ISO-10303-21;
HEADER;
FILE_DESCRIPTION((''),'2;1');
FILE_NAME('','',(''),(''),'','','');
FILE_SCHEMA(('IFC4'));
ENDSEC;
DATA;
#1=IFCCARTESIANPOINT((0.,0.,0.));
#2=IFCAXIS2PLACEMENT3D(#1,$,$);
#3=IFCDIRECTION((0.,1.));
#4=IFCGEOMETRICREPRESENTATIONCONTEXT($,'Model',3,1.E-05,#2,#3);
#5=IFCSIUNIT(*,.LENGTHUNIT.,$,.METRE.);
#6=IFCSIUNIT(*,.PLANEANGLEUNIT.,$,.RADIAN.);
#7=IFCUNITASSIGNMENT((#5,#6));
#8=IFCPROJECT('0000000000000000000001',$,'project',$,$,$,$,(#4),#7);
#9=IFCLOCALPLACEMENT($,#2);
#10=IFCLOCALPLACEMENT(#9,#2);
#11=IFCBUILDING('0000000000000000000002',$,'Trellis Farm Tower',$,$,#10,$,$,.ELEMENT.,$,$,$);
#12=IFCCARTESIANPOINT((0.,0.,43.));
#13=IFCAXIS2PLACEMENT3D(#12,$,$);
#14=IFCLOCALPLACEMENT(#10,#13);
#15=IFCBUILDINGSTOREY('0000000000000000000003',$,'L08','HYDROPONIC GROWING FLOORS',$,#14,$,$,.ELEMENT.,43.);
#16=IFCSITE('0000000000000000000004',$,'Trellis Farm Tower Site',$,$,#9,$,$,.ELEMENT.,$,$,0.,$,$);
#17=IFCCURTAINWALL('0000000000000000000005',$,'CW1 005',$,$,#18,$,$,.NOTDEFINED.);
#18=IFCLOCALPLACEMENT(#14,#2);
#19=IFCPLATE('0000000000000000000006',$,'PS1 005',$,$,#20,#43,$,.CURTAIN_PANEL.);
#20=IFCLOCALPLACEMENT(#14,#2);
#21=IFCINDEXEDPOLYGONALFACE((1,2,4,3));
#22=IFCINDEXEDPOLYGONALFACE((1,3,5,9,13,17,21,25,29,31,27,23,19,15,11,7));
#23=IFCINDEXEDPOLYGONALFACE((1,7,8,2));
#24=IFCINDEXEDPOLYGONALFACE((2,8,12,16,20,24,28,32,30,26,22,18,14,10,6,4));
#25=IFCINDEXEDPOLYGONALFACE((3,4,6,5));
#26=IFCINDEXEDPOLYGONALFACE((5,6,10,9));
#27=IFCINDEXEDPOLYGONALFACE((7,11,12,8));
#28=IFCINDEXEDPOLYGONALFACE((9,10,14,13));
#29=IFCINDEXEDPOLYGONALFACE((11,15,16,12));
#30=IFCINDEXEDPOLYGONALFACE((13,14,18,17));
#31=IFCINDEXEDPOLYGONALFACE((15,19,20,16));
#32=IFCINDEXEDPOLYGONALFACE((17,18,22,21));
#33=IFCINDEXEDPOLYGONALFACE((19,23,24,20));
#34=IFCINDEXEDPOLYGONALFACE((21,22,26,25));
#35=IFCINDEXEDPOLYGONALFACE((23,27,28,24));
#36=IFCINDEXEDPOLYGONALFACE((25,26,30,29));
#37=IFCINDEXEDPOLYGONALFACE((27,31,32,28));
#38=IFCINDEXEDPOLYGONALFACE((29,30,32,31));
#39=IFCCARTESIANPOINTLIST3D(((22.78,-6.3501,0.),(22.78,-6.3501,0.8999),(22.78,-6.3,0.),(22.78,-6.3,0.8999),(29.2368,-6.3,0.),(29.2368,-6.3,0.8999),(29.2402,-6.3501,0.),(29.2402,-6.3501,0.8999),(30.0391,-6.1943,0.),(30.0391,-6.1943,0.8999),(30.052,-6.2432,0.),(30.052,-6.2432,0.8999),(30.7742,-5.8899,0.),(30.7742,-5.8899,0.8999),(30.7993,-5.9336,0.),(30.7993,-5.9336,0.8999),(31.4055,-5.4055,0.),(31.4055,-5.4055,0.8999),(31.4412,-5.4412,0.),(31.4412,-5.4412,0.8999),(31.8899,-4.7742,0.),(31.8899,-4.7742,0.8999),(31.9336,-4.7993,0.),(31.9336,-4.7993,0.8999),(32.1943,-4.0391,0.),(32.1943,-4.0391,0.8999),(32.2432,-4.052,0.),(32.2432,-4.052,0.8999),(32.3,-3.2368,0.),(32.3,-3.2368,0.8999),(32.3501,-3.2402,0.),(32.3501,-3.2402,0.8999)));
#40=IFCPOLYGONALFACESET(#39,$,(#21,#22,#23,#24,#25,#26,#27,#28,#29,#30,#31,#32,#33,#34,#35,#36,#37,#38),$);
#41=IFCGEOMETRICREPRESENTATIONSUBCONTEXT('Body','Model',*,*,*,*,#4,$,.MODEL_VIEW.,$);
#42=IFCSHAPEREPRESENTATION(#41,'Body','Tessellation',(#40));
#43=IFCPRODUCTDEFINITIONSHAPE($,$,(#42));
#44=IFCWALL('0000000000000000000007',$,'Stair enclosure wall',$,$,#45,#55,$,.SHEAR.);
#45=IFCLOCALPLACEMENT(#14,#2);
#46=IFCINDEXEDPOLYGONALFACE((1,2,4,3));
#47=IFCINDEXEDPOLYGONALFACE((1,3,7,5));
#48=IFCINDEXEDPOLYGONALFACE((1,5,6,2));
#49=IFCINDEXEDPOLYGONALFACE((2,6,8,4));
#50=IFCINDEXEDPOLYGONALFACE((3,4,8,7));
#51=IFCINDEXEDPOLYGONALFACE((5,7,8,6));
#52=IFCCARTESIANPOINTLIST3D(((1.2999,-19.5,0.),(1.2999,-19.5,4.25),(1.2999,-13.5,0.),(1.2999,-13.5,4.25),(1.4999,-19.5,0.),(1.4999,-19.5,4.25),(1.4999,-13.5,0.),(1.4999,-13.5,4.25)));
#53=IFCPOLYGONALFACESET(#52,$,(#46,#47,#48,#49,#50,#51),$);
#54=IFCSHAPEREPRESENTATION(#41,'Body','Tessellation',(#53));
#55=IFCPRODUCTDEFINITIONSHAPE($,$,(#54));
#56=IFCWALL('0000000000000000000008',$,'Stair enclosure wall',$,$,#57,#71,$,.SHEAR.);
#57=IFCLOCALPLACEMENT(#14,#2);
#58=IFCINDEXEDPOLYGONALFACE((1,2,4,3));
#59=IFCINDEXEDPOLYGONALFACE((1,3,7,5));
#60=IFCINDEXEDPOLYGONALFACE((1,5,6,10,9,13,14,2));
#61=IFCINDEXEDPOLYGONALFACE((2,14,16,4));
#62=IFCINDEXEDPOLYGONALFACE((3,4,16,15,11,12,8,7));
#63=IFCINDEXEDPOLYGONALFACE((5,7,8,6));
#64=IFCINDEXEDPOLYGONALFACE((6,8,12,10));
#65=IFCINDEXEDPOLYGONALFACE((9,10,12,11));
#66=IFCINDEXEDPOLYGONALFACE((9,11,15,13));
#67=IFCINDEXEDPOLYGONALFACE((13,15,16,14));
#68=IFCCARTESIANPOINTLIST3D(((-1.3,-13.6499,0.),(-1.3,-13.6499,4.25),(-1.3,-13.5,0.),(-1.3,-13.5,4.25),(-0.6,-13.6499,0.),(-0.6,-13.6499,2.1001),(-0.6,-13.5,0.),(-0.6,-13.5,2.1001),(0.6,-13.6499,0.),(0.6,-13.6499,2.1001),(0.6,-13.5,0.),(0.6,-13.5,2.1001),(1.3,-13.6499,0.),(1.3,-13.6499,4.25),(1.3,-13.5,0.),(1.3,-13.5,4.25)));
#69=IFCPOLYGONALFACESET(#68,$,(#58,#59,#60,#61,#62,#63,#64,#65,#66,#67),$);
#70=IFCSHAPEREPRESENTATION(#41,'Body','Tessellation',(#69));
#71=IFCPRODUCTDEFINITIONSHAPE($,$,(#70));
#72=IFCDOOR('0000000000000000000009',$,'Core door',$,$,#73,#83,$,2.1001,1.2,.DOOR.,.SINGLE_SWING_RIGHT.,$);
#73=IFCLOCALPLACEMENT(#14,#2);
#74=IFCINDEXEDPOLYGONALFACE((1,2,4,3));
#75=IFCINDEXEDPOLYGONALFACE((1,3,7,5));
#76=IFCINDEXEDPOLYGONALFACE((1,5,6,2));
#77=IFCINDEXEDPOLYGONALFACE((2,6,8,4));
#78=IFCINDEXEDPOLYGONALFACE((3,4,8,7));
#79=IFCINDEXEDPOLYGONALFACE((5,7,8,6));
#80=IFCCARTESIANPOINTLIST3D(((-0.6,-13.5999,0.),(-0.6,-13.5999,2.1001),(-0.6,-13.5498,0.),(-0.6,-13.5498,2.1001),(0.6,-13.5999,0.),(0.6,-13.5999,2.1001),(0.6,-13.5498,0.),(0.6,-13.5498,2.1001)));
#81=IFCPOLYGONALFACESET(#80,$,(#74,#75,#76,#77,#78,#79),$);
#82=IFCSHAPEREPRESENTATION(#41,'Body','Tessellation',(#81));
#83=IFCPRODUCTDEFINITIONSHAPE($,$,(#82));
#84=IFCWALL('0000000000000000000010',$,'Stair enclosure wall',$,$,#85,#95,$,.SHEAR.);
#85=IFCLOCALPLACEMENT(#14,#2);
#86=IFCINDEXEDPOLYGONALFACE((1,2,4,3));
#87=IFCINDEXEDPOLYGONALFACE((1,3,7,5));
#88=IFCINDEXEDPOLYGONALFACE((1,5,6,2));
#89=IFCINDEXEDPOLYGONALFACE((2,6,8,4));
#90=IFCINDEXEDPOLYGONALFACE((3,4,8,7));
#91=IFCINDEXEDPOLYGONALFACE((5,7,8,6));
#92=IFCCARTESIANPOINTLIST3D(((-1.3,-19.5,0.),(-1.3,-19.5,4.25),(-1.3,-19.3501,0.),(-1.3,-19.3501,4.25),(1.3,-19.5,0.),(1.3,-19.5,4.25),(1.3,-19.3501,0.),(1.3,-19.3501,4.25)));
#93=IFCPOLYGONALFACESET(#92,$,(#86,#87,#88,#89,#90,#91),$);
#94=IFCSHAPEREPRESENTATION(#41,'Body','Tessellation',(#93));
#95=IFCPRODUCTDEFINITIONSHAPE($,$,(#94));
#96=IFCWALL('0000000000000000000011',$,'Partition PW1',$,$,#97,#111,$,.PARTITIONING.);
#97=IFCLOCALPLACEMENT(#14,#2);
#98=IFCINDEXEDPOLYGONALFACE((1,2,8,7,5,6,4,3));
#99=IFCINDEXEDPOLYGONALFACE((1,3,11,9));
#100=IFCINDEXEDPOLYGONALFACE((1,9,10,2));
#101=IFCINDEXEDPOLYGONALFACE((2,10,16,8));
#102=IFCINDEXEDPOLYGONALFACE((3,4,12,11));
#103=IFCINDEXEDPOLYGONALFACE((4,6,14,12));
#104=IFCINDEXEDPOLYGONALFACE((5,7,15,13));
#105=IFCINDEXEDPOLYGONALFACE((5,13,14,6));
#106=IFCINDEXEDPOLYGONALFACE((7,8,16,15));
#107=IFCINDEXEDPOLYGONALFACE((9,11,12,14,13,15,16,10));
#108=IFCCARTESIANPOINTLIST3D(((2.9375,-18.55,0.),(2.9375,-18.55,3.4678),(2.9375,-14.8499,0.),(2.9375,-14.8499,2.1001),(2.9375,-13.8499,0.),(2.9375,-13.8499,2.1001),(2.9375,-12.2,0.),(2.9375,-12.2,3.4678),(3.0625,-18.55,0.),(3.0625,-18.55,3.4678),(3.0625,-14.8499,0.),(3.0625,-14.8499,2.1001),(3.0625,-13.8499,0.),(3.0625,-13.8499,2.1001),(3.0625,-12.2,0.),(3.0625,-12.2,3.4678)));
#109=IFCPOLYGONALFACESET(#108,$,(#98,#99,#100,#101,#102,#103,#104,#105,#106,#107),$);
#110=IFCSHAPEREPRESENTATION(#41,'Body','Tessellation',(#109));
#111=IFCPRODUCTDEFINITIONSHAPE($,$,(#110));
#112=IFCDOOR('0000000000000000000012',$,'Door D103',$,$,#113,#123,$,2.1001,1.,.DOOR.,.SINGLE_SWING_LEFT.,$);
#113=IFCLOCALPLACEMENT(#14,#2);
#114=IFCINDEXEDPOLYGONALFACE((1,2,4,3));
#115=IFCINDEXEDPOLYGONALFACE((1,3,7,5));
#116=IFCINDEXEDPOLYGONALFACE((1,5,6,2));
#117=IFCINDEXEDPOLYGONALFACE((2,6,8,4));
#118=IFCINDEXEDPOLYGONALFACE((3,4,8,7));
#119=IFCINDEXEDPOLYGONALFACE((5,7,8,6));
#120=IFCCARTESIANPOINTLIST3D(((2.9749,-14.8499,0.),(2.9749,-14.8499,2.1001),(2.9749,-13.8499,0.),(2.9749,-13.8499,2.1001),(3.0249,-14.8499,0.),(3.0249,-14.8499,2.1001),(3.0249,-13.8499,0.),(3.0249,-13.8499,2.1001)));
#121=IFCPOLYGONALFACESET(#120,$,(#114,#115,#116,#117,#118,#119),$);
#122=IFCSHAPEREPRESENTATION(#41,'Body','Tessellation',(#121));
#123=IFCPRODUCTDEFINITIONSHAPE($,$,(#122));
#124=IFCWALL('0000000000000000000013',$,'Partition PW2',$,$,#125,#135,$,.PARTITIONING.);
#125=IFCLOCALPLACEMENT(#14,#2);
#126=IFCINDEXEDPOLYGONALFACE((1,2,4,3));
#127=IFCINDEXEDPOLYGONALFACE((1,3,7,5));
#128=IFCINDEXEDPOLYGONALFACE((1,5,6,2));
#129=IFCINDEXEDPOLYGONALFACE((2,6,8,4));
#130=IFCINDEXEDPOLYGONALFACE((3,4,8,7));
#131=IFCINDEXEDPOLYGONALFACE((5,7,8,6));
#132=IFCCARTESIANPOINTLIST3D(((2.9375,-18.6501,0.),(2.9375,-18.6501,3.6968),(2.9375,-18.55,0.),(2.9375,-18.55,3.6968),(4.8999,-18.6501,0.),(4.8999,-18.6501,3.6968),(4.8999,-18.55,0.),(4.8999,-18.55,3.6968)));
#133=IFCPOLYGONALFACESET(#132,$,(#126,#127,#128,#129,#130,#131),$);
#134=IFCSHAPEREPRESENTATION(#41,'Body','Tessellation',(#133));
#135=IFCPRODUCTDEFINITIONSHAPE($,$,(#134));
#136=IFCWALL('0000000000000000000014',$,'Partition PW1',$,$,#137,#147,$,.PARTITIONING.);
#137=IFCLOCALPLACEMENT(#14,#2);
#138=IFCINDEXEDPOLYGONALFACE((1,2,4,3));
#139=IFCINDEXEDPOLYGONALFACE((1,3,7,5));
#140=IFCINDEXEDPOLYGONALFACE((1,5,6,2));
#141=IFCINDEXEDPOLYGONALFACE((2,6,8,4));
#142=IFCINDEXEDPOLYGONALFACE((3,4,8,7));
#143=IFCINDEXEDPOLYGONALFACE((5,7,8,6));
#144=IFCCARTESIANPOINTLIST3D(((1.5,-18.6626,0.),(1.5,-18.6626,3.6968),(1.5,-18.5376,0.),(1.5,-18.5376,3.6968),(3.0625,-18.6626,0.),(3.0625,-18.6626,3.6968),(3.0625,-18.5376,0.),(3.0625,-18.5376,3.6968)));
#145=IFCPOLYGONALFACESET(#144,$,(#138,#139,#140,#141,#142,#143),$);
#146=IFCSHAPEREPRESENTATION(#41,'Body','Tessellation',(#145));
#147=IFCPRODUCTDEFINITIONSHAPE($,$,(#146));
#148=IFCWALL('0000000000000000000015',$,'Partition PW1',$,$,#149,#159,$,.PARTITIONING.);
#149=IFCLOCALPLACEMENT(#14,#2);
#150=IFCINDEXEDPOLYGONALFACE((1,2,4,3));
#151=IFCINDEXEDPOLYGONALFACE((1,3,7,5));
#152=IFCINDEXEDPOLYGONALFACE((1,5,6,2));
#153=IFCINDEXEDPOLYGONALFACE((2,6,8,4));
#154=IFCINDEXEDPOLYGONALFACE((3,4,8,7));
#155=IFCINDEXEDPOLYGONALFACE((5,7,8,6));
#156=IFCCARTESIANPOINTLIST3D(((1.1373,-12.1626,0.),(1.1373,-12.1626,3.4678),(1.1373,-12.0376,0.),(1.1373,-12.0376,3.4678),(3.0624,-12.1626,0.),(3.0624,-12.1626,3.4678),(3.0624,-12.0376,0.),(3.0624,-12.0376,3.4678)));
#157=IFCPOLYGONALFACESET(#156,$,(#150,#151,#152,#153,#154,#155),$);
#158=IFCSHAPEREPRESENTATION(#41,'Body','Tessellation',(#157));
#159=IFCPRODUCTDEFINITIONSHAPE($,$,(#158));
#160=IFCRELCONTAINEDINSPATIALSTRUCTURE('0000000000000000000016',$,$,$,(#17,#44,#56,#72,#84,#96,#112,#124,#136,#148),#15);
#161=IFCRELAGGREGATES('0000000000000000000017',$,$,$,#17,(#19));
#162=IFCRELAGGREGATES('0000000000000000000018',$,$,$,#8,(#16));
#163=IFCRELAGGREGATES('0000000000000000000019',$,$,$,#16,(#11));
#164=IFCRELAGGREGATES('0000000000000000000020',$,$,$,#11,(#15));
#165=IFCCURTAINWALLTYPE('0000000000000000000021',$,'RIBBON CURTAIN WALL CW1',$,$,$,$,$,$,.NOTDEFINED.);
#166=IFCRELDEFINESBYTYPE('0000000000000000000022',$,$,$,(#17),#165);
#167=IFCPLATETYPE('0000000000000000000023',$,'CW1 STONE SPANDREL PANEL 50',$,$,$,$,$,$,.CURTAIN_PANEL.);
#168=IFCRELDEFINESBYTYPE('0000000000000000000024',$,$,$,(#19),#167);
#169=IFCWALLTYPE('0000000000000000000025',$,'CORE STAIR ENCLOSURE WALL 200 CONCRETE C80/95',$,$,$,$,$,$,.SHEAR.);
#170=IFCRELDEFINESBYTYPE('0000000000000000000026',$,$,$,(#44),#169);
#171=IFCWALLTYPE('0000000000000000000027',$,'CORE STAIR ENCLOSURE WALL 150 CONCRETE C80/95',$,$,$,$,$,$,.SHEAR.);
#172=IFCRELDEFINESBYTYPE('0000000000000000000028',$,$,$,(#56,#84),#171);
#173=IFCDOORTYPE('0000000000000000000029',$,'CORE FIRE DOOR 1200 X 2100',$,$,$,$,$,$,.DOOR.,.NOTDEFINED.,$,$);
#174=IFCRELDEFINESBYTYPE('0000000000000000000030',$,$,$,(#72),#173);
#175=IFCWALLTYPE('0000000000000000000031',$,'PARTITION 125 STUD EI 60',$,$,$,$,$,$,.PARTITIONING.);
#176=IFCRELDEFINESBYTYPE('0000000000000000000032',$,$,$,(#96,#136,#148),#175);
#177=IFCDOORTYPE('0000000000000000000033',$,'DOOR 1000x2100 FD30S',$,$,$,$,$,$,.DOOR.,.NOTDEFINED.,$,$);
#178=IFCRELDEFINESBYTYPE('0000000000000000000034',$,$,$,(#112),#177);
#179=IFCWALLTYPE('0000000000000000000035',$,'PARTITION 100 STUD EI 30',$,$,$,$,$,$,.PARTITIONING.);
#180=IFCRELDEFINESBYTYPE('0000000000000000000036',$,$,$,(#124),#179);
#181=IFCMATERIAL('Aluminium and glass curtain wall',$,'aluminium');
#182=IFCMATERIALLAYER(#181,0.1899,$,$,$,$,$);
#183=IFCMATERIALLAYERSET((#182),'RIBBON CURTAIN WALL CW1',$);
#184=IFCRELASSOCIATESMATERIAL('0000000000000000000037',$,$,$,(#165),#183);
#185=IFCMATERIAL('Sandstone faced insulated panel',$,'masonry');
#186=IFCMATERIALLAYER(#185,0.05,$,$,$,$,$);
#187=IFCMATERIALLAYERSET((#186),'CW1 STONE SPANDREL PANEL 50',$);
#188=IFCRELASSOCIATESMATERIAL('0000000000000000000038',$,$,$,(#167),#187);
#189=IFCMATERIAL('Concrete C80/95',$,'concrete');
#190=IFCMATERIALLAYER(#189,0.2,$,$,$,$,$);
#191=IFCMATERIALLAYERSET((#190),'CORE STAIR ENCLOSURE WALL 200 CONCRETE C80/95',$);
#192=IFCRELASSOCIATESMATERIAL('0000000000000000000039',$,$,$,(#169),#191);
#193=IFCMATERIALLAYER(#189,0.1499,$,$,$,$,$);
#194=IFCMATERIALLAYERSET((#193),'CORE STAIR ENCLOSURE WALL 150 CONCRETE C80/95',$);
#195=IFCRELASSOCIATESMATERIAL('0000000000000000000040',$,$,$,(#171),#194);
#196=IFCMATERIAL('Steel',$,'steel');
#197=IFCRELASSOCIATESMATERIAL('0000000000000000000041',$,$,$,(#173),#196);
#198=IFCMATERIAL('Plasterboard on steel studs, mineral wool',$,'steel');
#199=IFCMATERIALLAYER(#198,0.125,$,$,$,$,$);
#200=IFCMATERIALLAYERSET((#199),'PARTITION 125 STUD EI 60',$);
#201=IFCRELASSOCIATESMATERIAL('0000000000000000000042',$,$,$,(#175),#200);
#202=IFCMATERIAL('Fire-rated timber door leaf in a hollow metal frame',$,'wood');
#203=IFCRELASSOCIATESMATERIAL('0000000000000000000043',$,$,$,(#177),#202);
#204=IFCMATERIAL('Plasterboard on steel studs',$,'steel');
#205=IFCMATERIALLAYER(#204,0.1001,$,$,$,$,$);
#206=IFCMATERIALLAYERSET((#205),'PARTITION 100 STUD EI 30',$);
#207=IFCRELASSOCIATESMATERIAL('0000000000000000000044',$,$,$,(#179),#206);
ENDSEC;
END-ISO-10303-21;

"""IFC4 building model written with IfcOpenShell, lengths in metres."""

from ifc_helpers import new_model, si_unit, direction, frame, frame_2d, origin, place, context, subcontext, project, spatial, polyline, rectangle, outline, extrude, source, transform, mapped, material, layer, layer_set, type_object, element, fill, aggregate, save


model = new_model("IFC4")

# Units and contexts
model_context = context("Model", 3, precision=1e-05, world=origin(), true_north=direction((0.0, 1.0)))
body_context = subcontext(model_context, "Body", "Model", "MODEL_VIEW")
ifc_project = project(units=[si_unit("LENGTHUNIT", "METRE"), si_unit("PLANEANGLEUNIT", "RADIAN")], contexts=[model_context])

# Site, building, storey
site_placement = place(None, origin())
site = spatial("IfcSite", under=ifc_project, at=site_placement, Name="Trellis Farm Tower Site", CompositionType="ELEMENT", RefElevation=0.0)
building_placement = place(site_placement, origin())
building = spatial("IfcBuilding", under=site, at=building_placement, Name="Trellis Farm Tower", CompositionType="ELEMENT")
storey_placement = place(building_placement, frame((0.0, 0.0, 43.0)))
storey = spatial("IfcBuildingStorey", under=building, at=storey_placement, Name="L08", Description="HYDROPONIC GROWING FLOORS", CompositionType="ELEMENT", Elevation=43.0)

# Shared definitions
ifc_material_1 = material(Name="Concrete C80/95", Category="concrete")

# Shared definitions
ifc_material_2 = material(Name="Aluminium and glass curtain wall", Category="aluminium")
ifc_layer_1 = layer(ifc_material_2, 0.1899)
ifc_layer_set_1 = layer_set([ifc_layer_1], Name="RIBBON CURTAIN WALL CW1")
curtain_wall_type = type_object("IfcCurtainWallType", Name="RIBBON CURTAIN WALL CW1", PredefinedType="NOTDEFINED", material=ifc_layer_set_1)
placement = place(storey_placement, origin())

# Curtain wall, plate
curtain_wall_1 = element("IfcCurtainWall", 1, at=placement, inside=storey, type_object=curtain_wall_type, Name="CW1 005", PredefinedType="NOTDEFINED")
ifc_material_3 = material(Name="Sandstone faced insulated panel", Category="masonry")
ifc_layer_2 = layer(ifc_material_3, 0.05)
ifc_layer_set_2 = layer_set([ifc_layer_2], Name="CW1 STONE SPANDREL PANEL 50")
plate_type = type_object("IfcPlateType", Name="CW1 STONE SPANDREL PANEL 50", PredefinedType="CURTAIN_PANEL", material=ifc_layer_set_2)
shared_shape_1 = source(origin(), body_context, "Body", "SweptSolid", [
    extrude(outline(polyline([(22.78, -6.3501), (29.2402, -6.3501), (30.052, -6.2432), (30.7993, -5.9336), (31.4412, -5.4412), (31.9336, -4.7993), (32.2432, -4.052), (32.3501, -3.2402), (32.3, -3.2368), (32.1943, -4.0391), (31.8899, -4.7742), (31.4055, -5.4055), (30.7742, -5.8899), (30.0391, -6.1943), (29.2368, -6.3), (22.78, -6.3), (22.78, -6.3501)])), origin(), (0.0, 0.0, 1.0), 0.8999),
])
plate = element("IfcPlate", 2, at=placement, type_object=plate_type, Name="PS1 005", PredefinedType="CURTAIN_PANEL", context=body_context, shape_type="MappedRepresentation", body=[
    mapped(shared_shape_1, transform((0.0, 0.0, 0.0))),
])
aggregate(curtain_wall_1, [plate])

# Wall
ifc_layer_3 = layer(ifc_material_1, 0.2)
ifc_layer_set_3 = layer_set([ifc_layer_3], Name="CORE STAIR ENCLOSURE WALL 200 CONCRETE C80/95")
wall_type_1 = type_object("IfcWallType", Name="CORE STAIR ENCLOSURE WALL 200 CONCRETE C80/95", PredefinedType="SHEAR", material=ifc_layer_set_3)
shared_shape_2 = source(origin(), body_context, "Body", "SweptSolid", [
    extrude(rectangle(XDim=6.0, YDim=0.2, at=frame_2d((3.0, 0.0))), origin(), (0.0, 0.0, 1.0), 4.25),
])
wall_1_placement = place(storey_placement, frame((1.3999, -13.5, 0.0), z_axis=(0.0, 0.0, 1.0), x_axis=(0.0, -1.0, 0.0)))
element("IfcWall", 3, at=wall_1_placement, inside=storey, type_object=wall_type_1, Name="Stair enclosure wall", PredefinedType="SHEAR", context=body_context, shape_type="MappedRepresentation", body=[
    mapped(shared_shape_2, transform((0.0, 0.0, 0.0))),
])

# Wall, opening, door
ifc_layer_4 = layer(ifc_material_1, 0.1499)
ifc_layer_set_4 = layer_set([ifc_layer_4], Name="CORE STAIR ENCLOSURE WALL 150 CONCRETE C80/95")
wall_type_2 = type_object("IfcWallType", Name="CORE STAIR ENCLOSURE WALL 150 CONCRETE C80/95", PredefinedType="SHEAR", material=ifc_layer_set_4)
shared_shape_3 = source(origin(), body_context, "Body", "SweptSolid", [
    extrude(rectangle(XDim=2.6001, YDim=0.1499, at=frame_2d((1.3, 0.0))), origin(), (0.0, 0.0, 1.0), 4.25),
])
wall_2_placement = place(storey_placement, frame((1.3, -13.575, 0.0), z_axis=(0.0, 0.0, 1.0), x_axis=(-1.0, 0.0, 0.0)))
wall_2 = element("IfcWall", 4, at=wall_2_placement, inside=storey, type_object=wall_type_2, Name="Stair enclosure wall", PredefinedType="SHEAR", context=body_context, shape_type="MappedRepresentation", body=[
    mapped(shared_shape_3, transform((0.0, 0.0, 0.0))),
])
shared_shape_4 = source(origin(), body_context, "Body", "SweptSolid", [
    extrude(rectangle(XDim=1.2, YDim=2.1001, at=frame_2d((0.6001, 1.05))), frame((0.0, 0.085, 0.0), z_axis=(0.0, -1.0, 0.0), x_axis=(1.0, 0.0, 0.0)), (0.0, 0.0, 1.0), 0.1699),
])
opening_1_placement = place(wall_2_placement, frame((0.7, 0.0, 0.0)))
opening_1 = element("IfcOpeningElement", 5, at=opening_1_placement, cuts=wall_2, PredefinedType="OPENING", context=body_context, shape_type="MappedRepresentation", body=[
    mapped(shared_shape_4, transform((0.0, 0.0, 0.0))),
])
ifc_material_4 = material(Name="Steel", Category="steel")
door_type_1 = type_object("IfcDoorType", Name="CORE FIRE DOOR 1200 X 2100", OperationType="NOTDEFINED", PredefinedType="DOOR", material=ifc_material_4)
shared_shape_5 = source(origin(), body_context, "Body", "SweptSolid", [
    extrude(rectangle(XDim=1.2, YDim=2.1001, at=frame_2d((0.6001, 1.05))), frame((0.0, 0.0249, 0.0), z_axis=(0.0, -1.0, 0.0), x_axis=(1.0, 0.0, 0.0)), (0.0, 0.0, 1.0), 0.05),
])
door_1_placement = place(opening_1_placement, origin())
door_1 = element("IfcDoor", 6, at=door_1_placement, inside=storey, type_object=door_type_1, Name="Core door", OperationType="SINGLE_SWING_RIGHT", OverallHeight=2.1001, OverallWidth=1.2, PredefinedType="DOOR", context=body_context, shape_type="MappedRepresentation", body=[
    mapped(shared_shape_5, transform((0.0, 0.0, 0.0))),
])
fill(opening_1, door_1)

# Wall
wall_3_placement = place(storey_placement, frame((1.3, -19.425, 0.0), z_axis=(0.0, 0.0, 1.0), x_axis=(-1.0, 0.0, 0.0)))
element("IfcWall", 7, at=wall_3_placement, inside=storey, type_object=wall_type_2, Name="Stair enclosure wall", PredefinedType="SHEAR", context=body_context, shape_type="MappedRepresentation", body=[
    mapped(shared_shape_3, transform((0.0, 0.0, 0.0))),
])

# Wall, opening, door
ifc_material_5 = material(Name="Plasterboard on steel studs, mineral wool", Category="steel")
ifc_layer_5 = layer(ifc_material_5, 0.125)
ifc_layer_set_5 = layer_set([ifc_layer_5], Name="PARTITION 125 STUD EI 60")
wall_type_3 = type_object("IfcWallType", Name="PARTITION 125 STUD EI 60", PredefinedType="PARTITIONING", material=ifc_layer_set_5)
shared_shape_6 = source(origin(), body_context, "Body", "SweptSolid", [
    extrude(rectangle(XDim=6.3501, YDim=0.125, at=frame_2d((3.175, 0.0))), origin(), (0.0, 0.0, 1.0), 3.4678),
])
wall_4_placement = place(storey_placement, frame((3.0, -12.2, 0.0), z_axis=(0.0, 0.0, 1.0), x_axis=(0.0, -1.0, 0.0)))
wall_4 = element("IfcWall", 8, at=wall_4_placement, inside=storey, type_object=wall_type_3, Name="Partition PW1", PredefinedType="PARTITIONING", context=body_context, shape_type="MappedRepresentation", body=[
    mapped(shared_shape_6, transform((0.0, 0.0, 0.0))),
])
shared_shape_7 = source(origin(), body_context, "Body", "SweptSolid", [
    extrude(rectangle(XDim=1.0, YDim=2.1001, at=frame_2d((0.5, 1.05))), frame((0.0, 0.0725, 0.0), z_axis=(0.0, -1.0, 0.0), x_axis=(1.0, 0.0, 0.0)), (0.0, 0.0, 1.0), 0.145),
])
opening_2_placement = place(wall_4_placement, frame((1.6499, 0.0, 0.0)))
opening_2 = element("IfcOpeningElement", 9, at=opening_2_placement, cuts=wall_4, PredefinedType="OPENING", context=body_context, shape_type="MappedRepresentation", body=[
    mapped(shared_shape_7, transform((0.0, 0.0, 0.0))),
])
ifc_material_6 = material(Name="Fire-rated timber door leaf in a hollow metal frame", Category="wood")
door_type_2 = type_object("IfcDoorType", Name="DOOR 1000x2100 FD30S", OperationType="NOTDEFINED", PredefinedType="DOOR", material=ifc_material_6)
shared_shape_8 = source(origin(), body_context, "Body", "SweptSolid", [
    extrude(rectangle(XDim=1.0, YDim=2.1001, at=frame_2d((0.5, 1.05))), frame((0.0, 0.0249, 0.0), z_axis=(0.0, -1.0, 0.0), x_axis=(1.0, 0.0, 0.0)), (0.0, 0.0, 1.0), 0.05),
])
door_2_placement = place(opening_2_placement, origin())
door_2 = element("IfcDoor", 10, at=door_2_placement, inside=storey, type_object=door_type_2, Name="Door D103", OperationType="SINGLE_SWING_LEFT", OverallHeight=2.1001, OverallWidth=1.0, PredefinedType="DOOR", context=body_context, shape_type="MappedRepresentation", body=[
    mapped(shared_shape_8, transform((0.0, 0.0, 0.0))),
])
fill(opening_2, door_2)

# Walls
ifc_material_7 = material(Name="Plasterboard on steel studs", Category="steel")
ifc_layer_6 = layer(ifc_material_7, 0.1001)
ifc_layer_set_6 = layer_set([ifc_layer_6], Name="PARTITION 100 STUD EI 30")
wall_type_4 = type_object("IfcWallType", Name="PARTITION 100 STUD EI 30", PredefinedType="PARTITIONING", material=ifc_layer_set_6)
shared_shape_9 = source(origin(), body_context, "Body", "SweptSolid", [
    extrude(rectangle(XDim=1.9624, YDim=0.1001, at=frame_2d((0.9812, 0.0))), origin(), (0.0, 0.0, 1.0), 3.6968),
])
wall_5_placement = place(storey_placement, frame((2.9375, -18.6001, 0.0), z_axis=(0.0, 0.0, 1.0), x_axis=(1.0, 0.0, 0.0)))
element("IfcWall", 11, at=wall_5_placement, inside=storey, type_object=wall_type_4, Name="Partition PW2", PredefinedType="PARTITIONING", context=body_context, shape_type="MappedRepresentation", body=[
    mapped(shared_shape_9, transform((0.0, 0.0, 0.0))),
])
shared_shape_10 = source(origin(), body_context, "Body", "SweptSolid", [
    extrude(rectangle(XDim=1.5625, YDim=0.125, at=frame_2d((0.7812, 0.0))), origin(), (0.0, 0.0, 1.0), 3.6968),
])
wall_6_placement = place(storey_placement, frame((3.0625, -18.6001, 0.0), z_axis=(0.0, 0.0, 1.0), x_axis=(-1.0, 0.0, 0.0)))
element("IfcWall", 12, at=wall_6_placement, inside=storey, type_object=wall_type_3, Name="Partition PW1", PredefinedType="PARTITIONING", context=body_context, shape_type="MappedRepresentation", body=[
    mapped(shared_shape_10, transform((0.0, 0.0, 0.0))),
])
shared_shape_11 = source(origin(), body_context, "Body", "SweptSolid", [
    extrude(rectangle(XDim=1.925, YDim=0.125, at=frame_2d((0.9624, 0.0))), origin(), (0.0, 0.0, 1.0), 3.4678),
])
wall_7_placement = place(storey_placement, frame((1.1375, -12.1001, 0.0), z_axis=(0.0, 0.0, 1.0), x_axis=(1.0, 0.0, 0.0)))
element("IfcWall", 13, at=wall_7_placement, inside=storey, type_object=wall_type_3, Name="Partition PW1", PredefinedType="PARTITIONING", context=body_context, shape_type="MappedRepresentation", body=[
    mapped(shared_shape_11, transform((0.0, 0.0, 0.0))),
])

save(model, "model.ifc")
